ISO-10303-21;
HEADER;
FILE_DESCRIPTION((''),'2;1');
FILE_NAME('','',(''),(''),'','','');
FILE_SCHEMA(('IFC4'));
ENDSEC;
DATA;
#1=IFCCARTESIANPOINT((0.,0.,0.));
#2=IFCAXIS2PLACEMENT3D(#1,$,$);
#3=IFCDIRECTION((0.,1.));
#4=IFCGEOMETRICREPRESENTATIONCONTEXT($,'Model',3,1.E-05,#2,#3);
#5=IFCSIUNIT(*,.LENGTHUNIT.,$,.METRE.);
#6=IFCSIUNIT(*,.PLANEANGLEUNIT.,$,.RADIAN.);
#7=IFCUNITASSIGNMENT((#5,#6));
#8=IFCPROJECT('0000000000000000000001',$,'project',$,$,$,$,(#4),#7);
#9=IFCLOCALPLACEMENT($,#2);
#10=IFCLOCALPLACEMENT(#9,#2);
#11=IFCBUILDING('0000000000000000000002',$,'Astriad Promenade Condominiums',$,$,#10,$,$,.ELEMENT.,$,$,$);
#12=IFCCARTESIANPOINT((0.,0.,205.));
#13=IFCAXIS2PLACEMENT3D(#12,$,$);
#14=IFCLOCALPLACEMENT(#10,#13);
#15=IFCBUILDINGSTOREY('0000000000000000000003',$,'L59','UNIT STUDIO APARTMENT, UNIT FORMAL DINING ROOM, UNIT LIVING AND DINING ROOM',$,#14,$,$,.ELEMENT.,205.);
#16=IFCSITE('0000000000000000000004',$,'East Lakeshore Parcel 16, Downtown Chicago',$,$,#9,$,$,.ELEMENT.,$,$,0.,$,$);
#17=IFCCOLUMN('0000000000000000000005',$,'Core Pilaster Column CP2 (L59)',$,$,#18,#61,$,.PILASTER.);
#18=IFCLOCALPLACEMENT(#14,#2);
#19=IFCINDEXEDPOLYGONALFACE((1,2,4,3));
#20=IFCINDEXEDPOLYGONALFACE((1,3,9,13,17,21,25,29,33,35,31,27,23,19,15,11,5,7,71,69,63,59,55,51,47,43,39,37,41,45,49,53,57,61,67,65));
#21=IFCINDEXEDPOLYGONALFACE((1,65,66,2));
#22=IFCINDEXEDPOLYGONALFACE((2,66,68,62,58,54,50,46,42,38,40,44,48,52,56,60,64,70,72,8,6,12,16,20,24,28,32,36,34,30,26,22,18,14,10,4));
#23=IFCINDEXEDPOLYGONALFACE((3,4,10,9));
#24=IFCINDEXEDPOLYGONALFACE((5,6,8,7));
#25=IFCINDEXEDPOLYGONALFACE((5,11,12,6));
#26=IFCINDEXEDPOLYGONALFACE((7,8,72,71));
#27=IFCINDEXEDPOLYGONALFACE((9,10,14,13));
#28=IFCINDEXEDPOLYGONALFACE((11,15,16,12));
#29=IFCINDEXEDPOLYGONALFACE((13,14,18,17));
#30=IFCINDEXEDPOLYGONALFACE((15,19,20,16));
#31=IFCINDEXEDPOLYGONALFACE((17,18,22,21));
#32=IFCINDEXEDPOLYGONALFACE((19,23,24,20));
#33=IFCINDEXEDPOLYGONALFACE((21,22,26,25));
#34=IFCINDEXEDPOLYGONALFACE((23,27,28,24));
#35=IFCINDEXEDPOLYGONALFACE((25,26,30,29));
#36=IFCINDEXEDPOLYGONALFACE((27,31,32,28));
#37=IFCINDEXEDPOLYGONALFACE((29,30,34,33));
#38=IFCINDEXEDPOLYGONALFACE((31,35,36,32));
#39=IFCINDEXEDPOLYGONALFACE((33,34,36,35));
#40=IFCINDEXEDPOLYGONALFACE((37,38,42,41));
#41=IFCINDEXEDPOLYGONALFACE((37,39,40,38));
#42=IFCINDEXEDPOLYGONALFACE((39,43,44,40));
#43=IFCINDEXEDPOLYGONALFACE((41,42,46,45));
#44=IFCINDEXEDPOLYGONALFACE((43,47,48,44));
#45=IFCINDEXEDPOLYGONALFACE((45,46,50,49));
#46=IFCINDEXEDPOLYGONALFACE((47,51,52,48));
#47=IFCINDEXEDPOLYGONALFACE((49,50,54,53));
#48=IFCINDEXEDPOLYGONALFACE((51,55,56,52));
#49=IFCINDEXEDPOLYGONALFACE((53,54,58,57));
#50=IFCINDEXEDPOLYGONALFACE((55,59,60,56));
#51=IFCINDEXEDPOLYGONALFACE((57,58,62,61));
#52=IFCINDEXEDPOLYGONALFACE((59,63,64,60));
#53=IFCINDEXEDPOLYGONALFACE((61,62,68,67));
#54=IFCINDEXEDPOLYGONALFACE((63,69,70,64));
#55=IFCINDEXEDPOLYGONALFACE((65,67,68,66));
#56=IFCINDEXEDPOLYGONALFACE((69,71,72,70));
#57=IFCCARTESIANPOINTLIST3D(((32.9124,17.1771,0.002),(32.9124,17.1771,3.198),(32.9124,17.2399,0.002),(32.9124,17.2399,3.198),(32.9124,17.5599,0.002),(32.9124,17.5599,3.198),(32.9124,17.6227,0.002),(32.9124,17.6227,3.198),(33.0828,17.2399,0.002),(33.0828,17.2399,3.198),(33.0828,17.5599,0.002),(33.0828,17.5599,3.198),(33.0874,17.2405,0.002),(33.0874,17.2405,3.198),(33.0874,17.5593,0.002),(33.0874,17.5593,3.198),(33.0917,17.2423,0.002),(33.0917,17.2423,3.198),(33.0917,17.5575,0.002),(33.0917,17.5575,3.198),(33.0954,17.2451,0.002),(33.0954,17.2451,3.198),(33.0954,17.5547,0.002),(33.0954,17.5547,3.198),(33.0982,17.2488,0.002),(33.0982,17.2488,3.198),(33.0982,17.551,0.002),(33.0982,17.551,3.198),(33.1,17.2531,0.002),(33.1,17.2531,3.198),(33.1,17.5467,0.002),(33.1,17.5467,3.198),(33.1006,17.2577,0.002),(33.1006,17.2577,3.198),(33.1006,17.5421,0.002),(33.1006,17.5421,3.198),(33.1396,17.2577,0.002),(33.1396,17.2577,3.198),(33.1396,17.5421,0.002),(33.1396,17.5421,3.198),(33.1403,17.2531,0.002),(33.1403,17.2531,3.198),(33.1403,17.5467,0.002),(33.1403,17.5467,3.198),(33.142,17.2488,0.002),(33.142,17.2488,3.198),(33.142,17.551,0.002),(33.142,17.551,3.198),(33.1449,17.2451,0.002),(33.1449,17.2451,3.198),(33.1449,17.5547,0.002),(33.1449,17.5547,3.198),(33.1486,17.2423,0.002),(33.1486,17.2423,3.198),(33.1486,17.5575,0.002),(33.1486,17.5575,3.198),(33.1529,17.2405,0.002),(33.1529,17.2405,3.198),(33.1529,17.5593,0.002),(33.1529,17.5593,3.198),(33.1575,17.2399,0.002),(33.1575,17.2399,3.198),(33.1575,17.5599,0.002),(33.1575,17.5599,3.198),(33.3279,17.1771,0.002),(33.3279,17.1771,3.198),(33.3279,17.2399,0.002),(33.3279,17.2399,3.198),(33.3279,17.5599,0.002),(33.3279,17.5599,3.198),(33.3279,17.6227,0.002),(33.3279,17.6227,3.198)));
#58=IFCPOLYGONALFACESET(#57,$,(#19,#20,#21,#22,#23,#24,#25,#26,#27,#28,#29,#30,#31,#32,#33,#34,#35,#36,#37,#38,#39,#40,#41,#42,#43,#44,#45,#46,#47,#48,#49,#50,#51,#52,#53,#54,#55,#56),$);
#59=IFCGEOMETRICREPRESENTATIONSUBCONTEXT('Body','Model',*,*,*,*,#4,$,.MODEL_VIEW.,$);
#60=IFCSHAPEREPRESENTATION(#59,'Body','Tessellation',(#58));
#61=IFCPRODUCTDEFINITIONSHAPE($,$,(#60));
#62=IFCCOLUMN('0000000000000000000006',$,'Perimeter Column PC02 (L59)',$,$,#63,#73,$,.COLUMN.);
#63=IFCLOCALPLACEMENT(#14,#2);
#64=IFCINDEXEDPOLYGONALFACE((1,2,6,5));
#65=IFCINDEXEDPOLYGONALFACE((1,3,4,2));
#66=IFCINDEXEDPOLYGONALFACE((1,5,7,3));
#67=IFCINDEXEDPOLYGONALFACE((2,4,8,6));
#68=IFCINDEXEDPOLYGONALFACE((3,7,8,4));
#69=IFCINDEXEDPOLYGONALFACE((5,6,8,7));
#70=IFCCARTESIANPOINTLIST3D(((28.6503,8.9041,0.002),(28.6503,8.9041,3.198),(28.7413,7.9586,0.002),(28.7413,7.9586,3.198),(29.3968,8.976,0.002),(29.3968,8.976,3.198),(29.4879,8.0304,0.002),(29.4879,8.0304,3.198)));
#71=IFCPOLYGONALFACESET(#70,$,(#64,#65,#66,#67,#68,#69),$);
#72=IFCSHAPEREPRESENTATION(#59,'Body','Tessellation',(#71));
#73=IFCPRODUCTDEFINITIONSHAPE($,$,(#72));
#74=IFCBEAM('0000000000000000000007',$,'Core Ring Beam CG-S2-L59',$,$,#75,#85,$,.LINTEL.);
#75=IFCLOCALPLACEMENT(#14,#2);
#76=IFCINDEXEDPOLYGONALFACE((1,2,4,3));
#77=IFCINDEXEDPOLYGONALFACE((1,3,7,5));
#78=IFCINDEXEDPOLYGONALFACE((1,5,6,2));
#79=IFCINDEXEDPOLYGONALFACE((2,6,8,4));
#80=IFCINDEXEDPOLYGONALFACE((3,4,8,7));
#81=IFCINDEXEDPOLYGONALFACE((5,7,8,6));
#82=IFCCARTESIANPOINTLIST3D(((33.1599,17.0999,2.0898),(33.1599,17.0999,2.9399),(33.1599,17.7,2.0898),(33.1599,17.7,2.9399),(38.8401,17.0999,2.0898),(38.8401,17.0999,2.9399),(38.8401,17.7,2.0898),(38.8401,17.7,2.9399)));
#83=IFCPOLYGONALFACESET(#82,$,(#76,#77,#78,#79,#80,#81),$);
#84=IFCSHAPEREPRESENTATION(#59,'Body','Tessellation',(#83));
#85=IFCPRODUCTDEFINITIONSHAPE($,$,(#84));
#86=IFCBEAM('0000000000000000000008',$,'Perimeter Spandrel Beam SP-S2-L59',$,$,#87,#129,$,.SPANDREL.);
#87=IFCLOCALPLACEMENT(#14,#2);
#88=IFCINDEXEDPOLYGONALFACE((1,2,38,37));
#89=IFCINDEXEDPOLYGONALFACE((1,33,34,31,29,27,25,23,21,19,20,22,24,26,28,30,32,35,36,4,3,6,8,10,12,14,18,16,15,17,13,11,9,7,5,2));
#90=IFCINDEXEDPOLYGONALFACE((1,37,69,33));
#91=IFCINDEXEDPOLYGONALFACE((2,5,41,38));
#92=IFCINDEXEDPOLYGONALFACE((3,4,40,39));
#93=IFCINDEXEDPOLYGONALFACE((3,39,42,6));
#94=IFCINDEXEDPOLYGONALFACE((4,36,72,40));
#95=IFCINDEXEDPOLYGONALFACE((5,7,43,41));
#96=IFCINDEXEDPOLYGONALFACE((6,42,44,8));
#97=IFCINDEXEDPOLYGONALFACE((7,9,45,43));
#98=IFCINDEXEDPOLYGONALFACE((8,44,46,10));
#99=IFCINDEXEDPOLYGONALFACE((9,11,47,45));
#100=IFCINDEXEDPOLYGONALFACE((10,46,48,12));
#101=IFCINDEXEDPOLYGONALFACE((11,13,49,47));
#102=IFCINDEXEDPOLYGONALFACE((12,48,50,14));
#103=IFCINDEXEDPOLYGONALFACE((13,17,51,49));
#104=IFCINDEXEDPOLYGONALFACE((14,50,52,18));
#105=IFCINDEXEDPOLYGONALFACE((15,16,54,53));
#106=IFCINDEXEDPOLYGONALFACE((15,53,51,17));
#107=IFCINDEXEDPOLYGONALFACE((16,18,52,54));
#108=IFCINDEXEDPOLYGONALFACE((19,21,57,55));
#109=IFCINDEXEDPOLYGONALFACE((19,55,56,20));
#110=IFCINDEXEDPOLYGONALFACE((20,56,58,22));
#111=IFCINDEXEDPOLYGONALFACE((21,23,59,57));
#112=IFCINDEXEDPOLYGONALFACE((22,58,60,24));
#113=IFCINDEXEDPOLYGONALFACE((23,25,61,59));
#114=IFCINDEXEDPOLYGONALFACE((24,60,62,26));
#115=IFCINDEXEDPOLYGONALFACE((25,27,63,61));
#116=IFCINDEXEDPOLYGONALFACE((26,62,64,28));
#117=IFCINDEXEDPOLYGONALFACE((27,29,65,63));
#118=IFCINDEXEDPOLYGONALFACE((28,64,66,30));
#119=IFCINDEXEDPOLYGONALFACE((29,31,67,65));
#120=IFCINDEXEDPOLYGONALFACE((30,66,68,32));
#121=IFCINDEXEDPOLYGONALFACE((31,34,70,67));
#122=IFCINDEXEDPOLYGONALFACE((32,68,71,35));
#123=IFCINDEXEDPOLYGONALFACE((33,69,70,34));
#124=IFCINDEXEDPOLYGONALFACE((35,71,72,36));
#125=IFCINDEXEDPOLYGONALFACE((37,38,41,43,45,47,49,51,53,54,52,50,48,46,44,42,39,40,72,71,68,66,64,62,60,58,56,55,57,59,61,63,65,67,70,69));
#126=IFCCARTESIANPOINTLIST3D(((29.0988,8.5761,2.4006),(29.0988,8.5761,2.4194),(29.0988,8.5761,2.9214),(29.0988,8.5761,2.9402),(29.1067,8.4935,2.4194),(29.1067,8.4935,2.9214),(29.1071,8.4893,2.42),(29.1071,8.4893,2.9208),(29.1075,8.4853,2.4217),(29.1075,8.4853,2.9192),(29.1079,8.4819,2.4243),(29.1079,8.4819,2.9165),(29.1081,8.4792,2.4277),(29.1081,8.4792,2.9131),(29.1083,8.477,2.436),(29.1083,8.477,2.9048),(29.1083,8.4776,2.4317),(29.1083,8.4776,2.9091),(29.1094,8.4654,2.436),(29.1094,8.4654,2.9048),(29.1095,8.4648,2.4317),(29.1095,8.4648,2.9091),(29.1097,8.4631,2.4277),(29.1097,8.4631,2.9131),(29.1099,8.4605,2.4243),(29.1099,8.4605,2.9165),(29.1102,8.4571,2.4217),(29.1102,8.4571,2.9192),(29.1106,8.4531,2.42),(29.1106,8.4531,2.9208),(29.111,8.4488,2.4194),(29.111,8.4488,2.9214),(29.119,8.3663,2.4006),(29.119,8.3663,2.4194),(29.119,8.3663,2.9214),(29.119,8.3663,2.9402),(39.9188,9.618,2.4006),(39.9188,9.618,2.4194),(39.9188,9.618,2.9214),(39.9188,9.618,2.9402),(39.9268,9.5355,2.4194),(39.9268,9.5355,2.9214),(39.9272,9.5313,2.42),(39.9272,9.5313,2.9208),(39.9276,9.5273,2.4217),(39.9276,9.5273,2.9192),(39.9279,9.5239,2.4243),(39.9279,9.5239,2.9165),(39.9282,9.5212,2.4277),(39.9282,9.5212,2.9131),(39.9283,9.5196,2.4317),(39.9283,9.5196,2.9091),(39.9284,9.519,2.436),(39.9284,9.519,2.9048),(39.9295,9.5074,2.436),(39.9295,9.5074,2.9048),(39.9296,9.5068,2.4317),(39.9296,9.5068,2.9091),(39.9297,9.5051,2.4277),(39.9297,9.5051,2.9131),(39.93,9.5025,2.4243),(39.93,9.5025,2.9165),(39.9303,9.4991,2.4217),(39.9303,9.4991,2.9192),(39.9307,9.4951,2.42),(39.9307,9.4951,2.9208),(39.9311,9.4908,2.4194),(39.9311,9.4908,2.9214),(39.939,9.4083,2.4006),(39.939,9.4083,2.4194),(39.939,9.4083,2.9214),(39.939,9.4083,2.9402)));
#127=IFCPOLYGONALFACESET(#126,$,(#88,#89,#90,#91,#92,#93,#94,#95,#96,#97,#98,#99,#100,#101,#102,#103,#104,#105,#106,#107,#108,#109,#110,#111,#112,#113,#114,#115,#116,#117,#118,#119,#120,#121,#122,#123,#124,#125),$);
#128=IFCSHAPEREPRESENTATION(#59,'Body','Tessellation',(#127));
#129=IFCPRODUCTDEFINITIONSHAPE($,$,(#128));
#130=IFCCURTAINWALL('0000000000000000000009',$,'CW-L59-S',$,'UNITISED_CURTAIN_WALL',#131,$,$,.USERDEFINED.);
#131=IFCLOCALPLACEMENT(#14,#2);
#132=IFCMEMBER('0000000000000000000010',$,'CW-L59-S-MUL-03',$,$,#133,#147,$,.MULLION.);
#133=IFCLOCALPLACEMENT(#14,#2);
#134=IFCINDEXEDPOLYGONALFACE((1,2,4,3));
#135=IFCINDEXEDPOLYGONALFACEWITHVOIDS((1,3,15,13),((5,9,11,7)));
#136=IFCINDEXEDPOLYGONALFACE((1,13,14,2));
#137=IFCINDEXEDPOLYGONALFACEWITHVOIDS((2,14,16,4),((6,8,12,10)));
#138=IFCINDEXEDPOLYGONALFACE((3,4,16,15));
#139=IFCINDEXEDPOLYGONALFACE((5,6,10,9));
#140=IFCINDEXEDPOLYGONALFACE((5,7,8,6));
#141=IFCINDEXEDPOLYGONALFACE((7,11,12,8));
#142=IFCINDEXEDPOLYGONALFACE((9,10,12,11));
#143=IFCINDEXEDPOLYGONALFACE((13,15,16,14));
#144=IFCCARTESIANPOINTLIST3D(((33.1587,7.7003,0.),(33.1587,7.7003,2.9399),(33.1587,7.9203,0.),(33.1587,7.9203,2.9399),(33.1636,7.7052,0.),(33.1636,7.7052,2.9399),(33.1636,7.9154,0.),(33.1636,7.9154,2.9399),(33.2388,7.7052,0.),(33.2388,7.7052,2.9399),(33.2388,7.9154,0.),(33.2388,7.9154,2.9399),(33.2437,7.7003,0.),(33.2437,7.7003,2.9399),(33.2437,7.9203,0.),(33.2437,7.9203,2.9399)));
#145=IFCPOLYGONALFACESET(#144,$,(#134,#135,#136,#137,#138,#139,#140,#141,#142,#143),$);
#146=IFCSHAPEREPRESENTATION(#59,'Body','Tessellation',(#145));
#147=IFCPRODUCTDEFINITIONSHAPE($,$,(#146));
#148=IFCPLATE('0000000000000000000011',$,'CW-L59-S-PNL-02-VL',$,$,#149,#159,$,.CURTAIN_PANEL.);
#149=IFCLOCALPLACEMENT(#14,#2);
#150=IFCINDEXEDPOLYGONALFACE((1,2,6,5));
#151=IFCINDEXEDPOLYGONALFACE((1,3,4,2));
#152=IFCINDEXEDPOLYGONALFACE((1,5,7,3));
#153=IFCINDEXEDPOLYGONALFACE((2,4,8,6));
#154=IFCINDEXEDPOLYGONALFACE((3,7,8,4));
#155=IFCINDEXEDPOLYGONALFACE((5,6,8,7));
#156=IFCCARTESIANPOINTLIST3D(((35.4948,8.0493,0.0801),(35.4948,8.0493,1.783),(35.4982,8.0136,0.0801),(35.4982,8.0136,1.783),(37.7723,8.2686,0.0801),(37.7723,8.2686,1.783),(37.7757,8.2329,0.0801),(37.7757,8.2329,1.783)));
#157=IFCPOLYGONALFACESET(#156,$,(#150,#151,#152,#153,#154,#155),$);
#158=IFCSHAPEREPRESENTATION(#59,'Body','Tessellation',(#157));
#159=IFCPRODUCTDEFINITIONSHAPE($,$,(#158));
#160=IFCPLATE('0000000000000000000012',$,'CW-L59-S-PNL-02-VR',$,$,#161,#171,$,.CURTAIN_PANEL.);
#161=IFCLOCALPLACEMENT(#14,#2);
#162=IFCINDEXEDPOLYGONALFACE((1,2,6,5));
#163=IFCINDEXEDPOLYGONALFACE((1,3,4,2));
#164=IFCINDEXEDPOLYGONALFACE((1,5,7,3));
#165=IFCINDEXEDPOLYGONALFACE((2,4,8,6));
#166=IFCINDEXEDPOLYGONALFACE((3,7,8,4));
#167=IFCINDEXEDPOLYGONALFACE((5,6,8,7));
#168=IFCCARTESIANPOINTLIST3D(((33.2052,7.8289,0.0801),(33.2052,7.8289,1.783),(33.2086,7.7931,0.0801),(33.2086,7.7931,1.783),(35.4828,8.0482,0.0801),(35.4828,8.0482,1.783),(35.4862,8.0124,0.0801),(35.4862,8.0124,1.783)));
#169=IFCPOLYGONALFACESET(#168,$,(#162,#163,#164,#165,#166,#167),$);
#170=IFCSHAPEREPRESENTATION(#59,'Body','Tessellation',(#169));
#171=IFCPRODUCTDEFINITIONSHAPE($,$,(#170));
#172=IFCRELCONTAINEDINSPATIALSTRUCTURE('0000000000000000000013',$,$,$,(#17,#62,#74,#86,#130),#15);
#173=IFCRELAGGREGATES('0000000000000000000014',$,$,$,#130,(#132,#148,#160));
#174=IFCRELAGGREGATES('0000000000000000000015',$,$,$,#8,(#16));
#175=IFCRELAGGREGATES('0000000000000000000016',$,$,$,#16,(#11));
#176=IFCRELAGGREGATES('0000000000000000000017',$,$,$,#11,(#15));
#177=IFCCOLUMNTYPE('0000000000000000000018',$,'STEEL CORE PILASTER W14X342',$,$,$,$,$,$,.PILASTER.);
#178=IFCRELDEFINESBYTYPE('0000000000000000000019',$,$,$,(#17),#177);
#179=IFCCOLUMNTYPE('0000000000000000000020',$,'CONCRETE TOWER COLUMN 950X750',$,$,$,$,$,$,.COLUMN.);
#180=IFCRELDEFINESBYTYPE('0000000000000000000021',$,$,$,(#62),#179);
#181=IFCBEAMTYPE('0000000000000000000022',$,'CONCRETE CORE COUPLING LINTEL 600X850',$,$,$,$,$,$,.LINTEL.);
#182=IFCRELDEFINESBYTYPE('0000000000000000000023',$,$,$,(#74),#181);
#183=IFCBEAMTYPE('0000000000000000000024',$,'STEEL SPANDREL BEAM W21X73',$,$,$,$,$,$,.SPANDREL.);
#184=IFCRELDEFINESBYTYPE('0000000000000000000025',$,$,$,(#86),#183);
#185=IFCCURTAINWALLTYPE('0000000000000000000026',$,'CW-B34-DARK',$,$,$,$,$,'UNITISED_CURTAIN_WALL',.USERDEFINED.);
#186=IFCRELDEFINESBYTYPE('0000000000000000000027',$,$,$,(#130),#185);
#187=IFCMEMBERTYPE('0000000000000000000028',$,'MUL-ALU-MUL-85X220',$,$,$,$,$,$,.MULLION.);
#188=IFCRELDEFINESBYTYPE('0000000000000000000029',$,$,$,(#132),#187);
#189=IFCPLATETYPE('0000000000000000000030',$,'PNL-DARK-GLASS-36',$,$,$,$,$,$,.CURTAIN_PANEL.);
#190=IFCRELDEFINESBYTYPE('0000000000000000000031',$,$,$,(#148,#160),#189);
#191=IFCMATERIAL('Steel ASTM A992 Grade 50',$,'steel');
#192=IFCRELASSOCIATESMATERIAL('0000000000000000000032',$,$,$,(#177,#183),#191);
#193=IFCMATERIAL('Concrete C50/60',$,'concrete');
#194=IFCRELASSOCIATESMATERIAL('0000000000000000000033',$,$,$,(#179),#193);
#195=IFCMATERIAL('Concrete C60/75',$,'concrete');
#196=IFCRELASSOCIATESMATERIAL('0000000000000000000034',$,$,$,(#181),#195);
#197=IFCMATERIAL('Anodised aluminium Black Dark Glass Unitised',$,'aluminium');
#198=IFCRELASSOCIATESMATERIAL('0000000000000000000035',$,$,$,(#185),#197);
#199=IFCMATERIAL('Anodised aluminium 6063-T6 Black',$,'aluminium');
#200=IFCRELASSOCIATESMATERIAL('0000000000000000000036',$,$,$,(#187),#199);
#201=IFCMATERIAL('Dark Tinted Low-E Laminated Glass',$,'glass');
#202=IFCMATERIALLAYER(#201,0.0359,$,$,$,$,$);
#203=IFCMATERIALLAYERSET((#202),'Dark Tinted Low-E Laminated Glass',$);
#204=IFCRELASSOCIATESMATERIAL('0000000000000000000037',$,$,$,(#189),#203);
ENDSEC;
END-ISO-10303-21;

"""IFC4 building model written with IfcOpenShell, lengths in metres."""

from ifc_helpers import new_model, si_unit, direction, frame, origin, origin_2d, place, context, subcontext, project, spatial, rectangle, hollow_rectangle, i_section, extrude, source, transform, mapped, material, layer, layer_set, material_profile, profile_set, type_object, type_shapes, element, aggregate, save


model = new_model("IFC4")

# Units and contexts
model_context = context("Model", 3, precision=1e-05, world=origin(), true_north=direction((0.0, 1.0)))
body_context = subcontext(model_context, "Body", "Model", "MODEL_VIEW")
ifc_project = project(units=[si_unit("LENGTHUNIT", "METRE"), si_unit("PLANEANGLEUNIT", "RADIAN")], contexts=[model_context])

# Site, building, storey
site_placement = place(None, origin())
site = spatial("IfcSite", under=ifc_project, at=site_placement, Name="East Lakeshore Parcel 16, Downtown Chicago", CompositionType="ELEMENT", RefElevation=0.0)
building_placement = place(site_placement, origin())
building = spatial("IfcBuilding", under=site, at=building_placement, Name="Astriad Promenade Condominiums", CompositionType="ELEMENT")
storey_placement = place(building_placement, frame((0.0, 0.0, 205.0)))
storey = spatial("IfcBuildingStorey", under=building, at=storey_placement, Name="L59", Description="UNIT STUDIO APARTMENT, UNIT FORMAL DINING ROOM, UNIT LIVING AND DINING ROOM", CompositionType="ELEMENT", Elevation=205.0)

# Columns
ifc_material_1 = material(Name="Steel ASTM A992 Grade 50", Category="steel")
ifc_material_profile_1 = material_profile(ifc_material_1, i_section(OverallWidth=0.4155, OverallDepth=0.4456, WebThickness=0.0391, FlangeThickness=0.0627, FilletRadius=0.0178, at=origin_2d()), Name="W14X342")
ifc_profile_set_1 = profile_set([ifc_material_profile_1], Name="Steel ASTM A992 Grade 50")
column_type_1 = type_object("IfcColumnType", Name="STEEL CORE PILASTER W14X342", PredefinedType="PILASTER", material=ifc_profile_set_1)
shared_shape_1 = source(origin(), body_context, "Body", "SweptSolid", [
    extrude(i_section(OverallWidth=0.4155, OverallDepth=0.4456, WebThickness=0.0391, FlangeThickness=0.0627, FilletRadius=0.0178, at=origin_2d()), origin(), (0.0, 0.0, 1.0), 3.196),
])
type_shapes(column_type_1, [shared_shape_1])
column_1_placement = place(storey_placement, frame((33.1201, 17.3999, 0.002), z_axis=(0.0, 0.0, 1.0), x_axis=(1.0, 0.0, 0.0)))
element("IfcColumn", 1, at=column_1_placement, inside=storey, type_object=column_type_1, Name="Core Pilaster Column CP2 (L59)", PredefinedType="PILASTER", context=body_context, shape_type="MappedRepresentation", body=[
    mapped(shared_shape_1, transform((0.0, 0.0, 0.0), scale=1.0)),
])
ifc_material_2 = material(Name="Concrete C50/60", Category="concrete")
ifc_material_profile_2 = material_profile(ifc_material_2, rectangle(XDim=0.75, YDim=0.95, at=origin_2d()), Name="RC-COL-950X750")
ifc_profile_set_2 = profile_set([ifc_material_profile_2], Name="Concrete C50/60")
column_type_2 = type_object("IfcColumnType", Name="CONCRETE TOWER COLUMN 950X750", PredefinedType="COLUMN", material=ifc_profile_set_2)
shared_shape_2 = source(origin(), body_context, "Body", "SweptSolid", [
    extrude(rectangle(XDim=0.75, YDim=0.95, at=origin_2d()), origin(), (0.0, 0.0, 1.0), 3.196),
])
type_shapes(column_type_2, [shared_shape_2])
column_2_placement = place(storey_placement, frame((29.0691, 8.4673, 0.002), z_axis=(0.0, 0.0, 1.0), x_axis=(0.995396, 0.095846, 0.0)))
element("IfcColumn", 2, at=column_2_placement, inside=storey, type_object=column_type_2, Name="Perimeter Column PC02 (L59)", PredefinedType="COLUMN", context=body_context, shape_type="MappedRepresentation", body=[
    mapped(shared_shape_2, transform((0.0, 0.0, 0.0), scale=1.0)),
])

# Beams
ifc_material_3 = material(Name="Concrete C60/75", Category="concrete")
ifc_material_profile_3 = material_profile(ifc_material_3, rectangle(XDim=0.6001, YDim=0.8501, at=origin_2d()), Name="RC-BM-600X850")
ifc_profile_set_3 = profile_set([ifc_material_profile_3], Name="Concrete C60/75")
beam_type_1 = type_object("IfcBeamType", Name="CONCRETE CORE COUPLING LINTEL 600X850", PredefinedType="LINTEL", material=ifc_profile_set_3)
shared_shape_3 = source(origin(), body_context, "Body", "SweptSolid", [
    extrude(rectangle(XDim=0.6001, YDim=0.8501, at=origin_2d()), origin(), (0.0, 0.0, 1.0), 5.6802),
])
type_shapes(beam_type_1, [shared_shape_3])
beam_1_placement = place(storey_placement, frame((33.1599, 17.3999, 2.5149), z_axis=(1.0, 0.0, 0.0), x_axis=(0.0, 1.0, 0.0)))
element("IfcBeam", 3, at=beam_1_placement, inside=storey, type_object=beam_type_1, Name="Core Ring Beam CG-S2-L59", PredefinedType="LINTEL", context=body_context, shape_type="MappedRepresentation", body=[
    mapped(shared_shape_3, transform((0.0, 0.0, 0.0), scale=1.0)),
])
ifc_material_profile_4 = material_profile(ifc_material_1, i_section(OverallWidth=0.2107, OverallDepth=0.5396, WebThickness=0.0117, FlangeThickness=0.0188, FilletRadius=0.0166, at=origin_2d()), Name="W21X73")
ifc_profile_set_4 = profile_set([ifc_material_profile_4], Name="Steel ASTM A992 Grade 50")
beam_type_2 = type_object("IfcBeamType", Name="STEEL SPANDREL BEAM W21X73", PredefinedType="SPANDREL", material=ifc_profile_set_4)
shared_shape_4 = source(origin(), body_context, "Body", "SweptSolid", [
    extrude(i_section(OverallWidth=0.2107, OverallDepth=0.5396, WebThickness=0.0117, FlangeThickness=0.0188, FilletRadius=0.0166, at=origin_2d()), origin(), (0.0, 0.0, 1.0), 10.8701),
])
type_shapes(beam_type_2, [shared_shape_4])
beam_2_placement = place(storey_placement, frame((29.1089, 8.4712, 2.6704), z_axis=(0.995395, 0.095858, 0.0), x_axis=(-0.095858, 0.995395, 0.0)))
element("IfcBeam", 4, at=beam_2_placement, inside=storey, type_object=beam_type_2, Name="Perimeter Spandrel Beam SP-S2-L59", PredefinedType="SPANDREL", context=body_context, shape_type="MappedRepresentation", body=[
    mapped(shared_shape_4, transform((0.0, 0.0, 0.0), scale=1.0)),
])

# Curtain wall, member, plates
ifc_material_4 = material(Name="Anodised aluminium Black Dark Glass Unitised", Category="aluminium")
curtain_wall_type = type_object("IfcCurtainWallType", Name="CW-B34-DARK", ElementType="UNITISED_CURTAIN_WALL", PredefinedType="USERDEFINED", material=ifc_material_4)
curtain_wall_placement = place(storey_placement, origin())
curtain_wall = element("IfcCurtainWall", 5, at=curtain_wall_placement, inside=storey, type_object=curtain_wall_type, Name="CW-L59-S", ObjectType="UNITISED_CURTAIN_WALL", PredefinedType="USERDEFINED")
ifc_material_5 = material(Name="Anodised aluminium 6063-T6 Black", Category="aluminium")
ifc_material_profile_5 = material_profile(ifc_material_5, hollow_rectangle(XDim=0.085, YDim=0.22, WallThickness=0.0049, at=origin_2d()), Name="ALU-MUL-85X220")
ifc_profile_set_5 = profile_set([ifc_material_profile_5], Name="Anodised aluminium 6063-T6 Black")
member_type = type_object("IfcMemberType", Name="MUL-ALU-MUL-85X220", PredefinedType="MULLION", material=ifc_profile_set_5)
shared_shape_5 = source(origin(), body_context, "Body", "SweptSolid", [
    extrude(hollow_rectangle(XDim=0.085, YDim=0.22, WallThickness=0.0049, at=origin_2d()), origin(), (0.0, 0.0, 1.0), 2.9399),
])
type_shapes(member_type, [shared_shape_5])
member_placement = place(storey_placement, frame((33.2012, 7.8103, 0.0), z_axis=(0.0, 0.0, 1.0), x_axis=(1.0, 0.0, 0.0)))
member = element("IfcMember", 6, at=member_placement, type_object=member_type, Name="CW-L59-S-MUL-03", PredefinedType="MULLION", context=body_context, shape_type="MappedRepresentation", body=[
    mapped(shared_shape_5, transform((0.0, 0.0, 0.0), scale=1.0)),
])
ifc_material_6 = material(Name="Dark Tinted Low-E Laminated Glass", Category="glass")
ifc_layer_1 = layer(ifc_material_6, 0.0359)
ifc_layer_set_1 = layer_set([ifc_layer_1], Name="Dark Tinted Low-E Laminated Glass")
plate_type = type_object("IfcPlateType", Name="PNL-DARK-GLASS-36", PredefinedType="CURTAIN_PANEL", material=ifc_layer_set_1)
shared_shape_6 = source(origin(), body_context, "Body", "SweptSolid", [
    extrude(rectangle(XDim=2.2881, YDim=0.0359, at=origin_2d()), origin(), (0.0, 0.0, 1.0), 1.7029),
])
plate_1_placement = place(storey_placement, frame((36.6353, 8.1411, 0.0801), z_axis=(0.0, 0.0, 1.0), x_axis=(-0.995396, -0.095846, 0.0)))
plate_1 = element("IfcPlate", 7, at=plate_1_placement, type_object=plate_type, Name="CW-L59-S-PNL-02-VL", PredefinedType="CURTAIN_PANEL", context=body_context, shape_type="MappedRepresentation", body=[
    mapped(shared_shape_6, transform((0.0, 0.0, 0.0), scale=1.0)),
])
plate_2_placement = place(storey_placement, frame((34.3457, 7.9207, 0.0801), z_axis=(0.0, 0.0, 1.0), x_axis=(-0.995396, -0.095846, 0.0)))
plate_2 = element("IfcPlate", 8, at=plate_2_placement, type_object=plate_type, Name="CW-L59-S-PNL-02-VR", PredefinedType="CURTAIN_PANEL", context=body_context, shape_type="MappedRepresentation", body=[
    mapped(shared_shape_6, transform((0.0, 0.0, 0.0), scale=1.0)),
])
aggregate(curtain_wall, [member, plate_1, plate_2])

save(model, "model.ifc")
